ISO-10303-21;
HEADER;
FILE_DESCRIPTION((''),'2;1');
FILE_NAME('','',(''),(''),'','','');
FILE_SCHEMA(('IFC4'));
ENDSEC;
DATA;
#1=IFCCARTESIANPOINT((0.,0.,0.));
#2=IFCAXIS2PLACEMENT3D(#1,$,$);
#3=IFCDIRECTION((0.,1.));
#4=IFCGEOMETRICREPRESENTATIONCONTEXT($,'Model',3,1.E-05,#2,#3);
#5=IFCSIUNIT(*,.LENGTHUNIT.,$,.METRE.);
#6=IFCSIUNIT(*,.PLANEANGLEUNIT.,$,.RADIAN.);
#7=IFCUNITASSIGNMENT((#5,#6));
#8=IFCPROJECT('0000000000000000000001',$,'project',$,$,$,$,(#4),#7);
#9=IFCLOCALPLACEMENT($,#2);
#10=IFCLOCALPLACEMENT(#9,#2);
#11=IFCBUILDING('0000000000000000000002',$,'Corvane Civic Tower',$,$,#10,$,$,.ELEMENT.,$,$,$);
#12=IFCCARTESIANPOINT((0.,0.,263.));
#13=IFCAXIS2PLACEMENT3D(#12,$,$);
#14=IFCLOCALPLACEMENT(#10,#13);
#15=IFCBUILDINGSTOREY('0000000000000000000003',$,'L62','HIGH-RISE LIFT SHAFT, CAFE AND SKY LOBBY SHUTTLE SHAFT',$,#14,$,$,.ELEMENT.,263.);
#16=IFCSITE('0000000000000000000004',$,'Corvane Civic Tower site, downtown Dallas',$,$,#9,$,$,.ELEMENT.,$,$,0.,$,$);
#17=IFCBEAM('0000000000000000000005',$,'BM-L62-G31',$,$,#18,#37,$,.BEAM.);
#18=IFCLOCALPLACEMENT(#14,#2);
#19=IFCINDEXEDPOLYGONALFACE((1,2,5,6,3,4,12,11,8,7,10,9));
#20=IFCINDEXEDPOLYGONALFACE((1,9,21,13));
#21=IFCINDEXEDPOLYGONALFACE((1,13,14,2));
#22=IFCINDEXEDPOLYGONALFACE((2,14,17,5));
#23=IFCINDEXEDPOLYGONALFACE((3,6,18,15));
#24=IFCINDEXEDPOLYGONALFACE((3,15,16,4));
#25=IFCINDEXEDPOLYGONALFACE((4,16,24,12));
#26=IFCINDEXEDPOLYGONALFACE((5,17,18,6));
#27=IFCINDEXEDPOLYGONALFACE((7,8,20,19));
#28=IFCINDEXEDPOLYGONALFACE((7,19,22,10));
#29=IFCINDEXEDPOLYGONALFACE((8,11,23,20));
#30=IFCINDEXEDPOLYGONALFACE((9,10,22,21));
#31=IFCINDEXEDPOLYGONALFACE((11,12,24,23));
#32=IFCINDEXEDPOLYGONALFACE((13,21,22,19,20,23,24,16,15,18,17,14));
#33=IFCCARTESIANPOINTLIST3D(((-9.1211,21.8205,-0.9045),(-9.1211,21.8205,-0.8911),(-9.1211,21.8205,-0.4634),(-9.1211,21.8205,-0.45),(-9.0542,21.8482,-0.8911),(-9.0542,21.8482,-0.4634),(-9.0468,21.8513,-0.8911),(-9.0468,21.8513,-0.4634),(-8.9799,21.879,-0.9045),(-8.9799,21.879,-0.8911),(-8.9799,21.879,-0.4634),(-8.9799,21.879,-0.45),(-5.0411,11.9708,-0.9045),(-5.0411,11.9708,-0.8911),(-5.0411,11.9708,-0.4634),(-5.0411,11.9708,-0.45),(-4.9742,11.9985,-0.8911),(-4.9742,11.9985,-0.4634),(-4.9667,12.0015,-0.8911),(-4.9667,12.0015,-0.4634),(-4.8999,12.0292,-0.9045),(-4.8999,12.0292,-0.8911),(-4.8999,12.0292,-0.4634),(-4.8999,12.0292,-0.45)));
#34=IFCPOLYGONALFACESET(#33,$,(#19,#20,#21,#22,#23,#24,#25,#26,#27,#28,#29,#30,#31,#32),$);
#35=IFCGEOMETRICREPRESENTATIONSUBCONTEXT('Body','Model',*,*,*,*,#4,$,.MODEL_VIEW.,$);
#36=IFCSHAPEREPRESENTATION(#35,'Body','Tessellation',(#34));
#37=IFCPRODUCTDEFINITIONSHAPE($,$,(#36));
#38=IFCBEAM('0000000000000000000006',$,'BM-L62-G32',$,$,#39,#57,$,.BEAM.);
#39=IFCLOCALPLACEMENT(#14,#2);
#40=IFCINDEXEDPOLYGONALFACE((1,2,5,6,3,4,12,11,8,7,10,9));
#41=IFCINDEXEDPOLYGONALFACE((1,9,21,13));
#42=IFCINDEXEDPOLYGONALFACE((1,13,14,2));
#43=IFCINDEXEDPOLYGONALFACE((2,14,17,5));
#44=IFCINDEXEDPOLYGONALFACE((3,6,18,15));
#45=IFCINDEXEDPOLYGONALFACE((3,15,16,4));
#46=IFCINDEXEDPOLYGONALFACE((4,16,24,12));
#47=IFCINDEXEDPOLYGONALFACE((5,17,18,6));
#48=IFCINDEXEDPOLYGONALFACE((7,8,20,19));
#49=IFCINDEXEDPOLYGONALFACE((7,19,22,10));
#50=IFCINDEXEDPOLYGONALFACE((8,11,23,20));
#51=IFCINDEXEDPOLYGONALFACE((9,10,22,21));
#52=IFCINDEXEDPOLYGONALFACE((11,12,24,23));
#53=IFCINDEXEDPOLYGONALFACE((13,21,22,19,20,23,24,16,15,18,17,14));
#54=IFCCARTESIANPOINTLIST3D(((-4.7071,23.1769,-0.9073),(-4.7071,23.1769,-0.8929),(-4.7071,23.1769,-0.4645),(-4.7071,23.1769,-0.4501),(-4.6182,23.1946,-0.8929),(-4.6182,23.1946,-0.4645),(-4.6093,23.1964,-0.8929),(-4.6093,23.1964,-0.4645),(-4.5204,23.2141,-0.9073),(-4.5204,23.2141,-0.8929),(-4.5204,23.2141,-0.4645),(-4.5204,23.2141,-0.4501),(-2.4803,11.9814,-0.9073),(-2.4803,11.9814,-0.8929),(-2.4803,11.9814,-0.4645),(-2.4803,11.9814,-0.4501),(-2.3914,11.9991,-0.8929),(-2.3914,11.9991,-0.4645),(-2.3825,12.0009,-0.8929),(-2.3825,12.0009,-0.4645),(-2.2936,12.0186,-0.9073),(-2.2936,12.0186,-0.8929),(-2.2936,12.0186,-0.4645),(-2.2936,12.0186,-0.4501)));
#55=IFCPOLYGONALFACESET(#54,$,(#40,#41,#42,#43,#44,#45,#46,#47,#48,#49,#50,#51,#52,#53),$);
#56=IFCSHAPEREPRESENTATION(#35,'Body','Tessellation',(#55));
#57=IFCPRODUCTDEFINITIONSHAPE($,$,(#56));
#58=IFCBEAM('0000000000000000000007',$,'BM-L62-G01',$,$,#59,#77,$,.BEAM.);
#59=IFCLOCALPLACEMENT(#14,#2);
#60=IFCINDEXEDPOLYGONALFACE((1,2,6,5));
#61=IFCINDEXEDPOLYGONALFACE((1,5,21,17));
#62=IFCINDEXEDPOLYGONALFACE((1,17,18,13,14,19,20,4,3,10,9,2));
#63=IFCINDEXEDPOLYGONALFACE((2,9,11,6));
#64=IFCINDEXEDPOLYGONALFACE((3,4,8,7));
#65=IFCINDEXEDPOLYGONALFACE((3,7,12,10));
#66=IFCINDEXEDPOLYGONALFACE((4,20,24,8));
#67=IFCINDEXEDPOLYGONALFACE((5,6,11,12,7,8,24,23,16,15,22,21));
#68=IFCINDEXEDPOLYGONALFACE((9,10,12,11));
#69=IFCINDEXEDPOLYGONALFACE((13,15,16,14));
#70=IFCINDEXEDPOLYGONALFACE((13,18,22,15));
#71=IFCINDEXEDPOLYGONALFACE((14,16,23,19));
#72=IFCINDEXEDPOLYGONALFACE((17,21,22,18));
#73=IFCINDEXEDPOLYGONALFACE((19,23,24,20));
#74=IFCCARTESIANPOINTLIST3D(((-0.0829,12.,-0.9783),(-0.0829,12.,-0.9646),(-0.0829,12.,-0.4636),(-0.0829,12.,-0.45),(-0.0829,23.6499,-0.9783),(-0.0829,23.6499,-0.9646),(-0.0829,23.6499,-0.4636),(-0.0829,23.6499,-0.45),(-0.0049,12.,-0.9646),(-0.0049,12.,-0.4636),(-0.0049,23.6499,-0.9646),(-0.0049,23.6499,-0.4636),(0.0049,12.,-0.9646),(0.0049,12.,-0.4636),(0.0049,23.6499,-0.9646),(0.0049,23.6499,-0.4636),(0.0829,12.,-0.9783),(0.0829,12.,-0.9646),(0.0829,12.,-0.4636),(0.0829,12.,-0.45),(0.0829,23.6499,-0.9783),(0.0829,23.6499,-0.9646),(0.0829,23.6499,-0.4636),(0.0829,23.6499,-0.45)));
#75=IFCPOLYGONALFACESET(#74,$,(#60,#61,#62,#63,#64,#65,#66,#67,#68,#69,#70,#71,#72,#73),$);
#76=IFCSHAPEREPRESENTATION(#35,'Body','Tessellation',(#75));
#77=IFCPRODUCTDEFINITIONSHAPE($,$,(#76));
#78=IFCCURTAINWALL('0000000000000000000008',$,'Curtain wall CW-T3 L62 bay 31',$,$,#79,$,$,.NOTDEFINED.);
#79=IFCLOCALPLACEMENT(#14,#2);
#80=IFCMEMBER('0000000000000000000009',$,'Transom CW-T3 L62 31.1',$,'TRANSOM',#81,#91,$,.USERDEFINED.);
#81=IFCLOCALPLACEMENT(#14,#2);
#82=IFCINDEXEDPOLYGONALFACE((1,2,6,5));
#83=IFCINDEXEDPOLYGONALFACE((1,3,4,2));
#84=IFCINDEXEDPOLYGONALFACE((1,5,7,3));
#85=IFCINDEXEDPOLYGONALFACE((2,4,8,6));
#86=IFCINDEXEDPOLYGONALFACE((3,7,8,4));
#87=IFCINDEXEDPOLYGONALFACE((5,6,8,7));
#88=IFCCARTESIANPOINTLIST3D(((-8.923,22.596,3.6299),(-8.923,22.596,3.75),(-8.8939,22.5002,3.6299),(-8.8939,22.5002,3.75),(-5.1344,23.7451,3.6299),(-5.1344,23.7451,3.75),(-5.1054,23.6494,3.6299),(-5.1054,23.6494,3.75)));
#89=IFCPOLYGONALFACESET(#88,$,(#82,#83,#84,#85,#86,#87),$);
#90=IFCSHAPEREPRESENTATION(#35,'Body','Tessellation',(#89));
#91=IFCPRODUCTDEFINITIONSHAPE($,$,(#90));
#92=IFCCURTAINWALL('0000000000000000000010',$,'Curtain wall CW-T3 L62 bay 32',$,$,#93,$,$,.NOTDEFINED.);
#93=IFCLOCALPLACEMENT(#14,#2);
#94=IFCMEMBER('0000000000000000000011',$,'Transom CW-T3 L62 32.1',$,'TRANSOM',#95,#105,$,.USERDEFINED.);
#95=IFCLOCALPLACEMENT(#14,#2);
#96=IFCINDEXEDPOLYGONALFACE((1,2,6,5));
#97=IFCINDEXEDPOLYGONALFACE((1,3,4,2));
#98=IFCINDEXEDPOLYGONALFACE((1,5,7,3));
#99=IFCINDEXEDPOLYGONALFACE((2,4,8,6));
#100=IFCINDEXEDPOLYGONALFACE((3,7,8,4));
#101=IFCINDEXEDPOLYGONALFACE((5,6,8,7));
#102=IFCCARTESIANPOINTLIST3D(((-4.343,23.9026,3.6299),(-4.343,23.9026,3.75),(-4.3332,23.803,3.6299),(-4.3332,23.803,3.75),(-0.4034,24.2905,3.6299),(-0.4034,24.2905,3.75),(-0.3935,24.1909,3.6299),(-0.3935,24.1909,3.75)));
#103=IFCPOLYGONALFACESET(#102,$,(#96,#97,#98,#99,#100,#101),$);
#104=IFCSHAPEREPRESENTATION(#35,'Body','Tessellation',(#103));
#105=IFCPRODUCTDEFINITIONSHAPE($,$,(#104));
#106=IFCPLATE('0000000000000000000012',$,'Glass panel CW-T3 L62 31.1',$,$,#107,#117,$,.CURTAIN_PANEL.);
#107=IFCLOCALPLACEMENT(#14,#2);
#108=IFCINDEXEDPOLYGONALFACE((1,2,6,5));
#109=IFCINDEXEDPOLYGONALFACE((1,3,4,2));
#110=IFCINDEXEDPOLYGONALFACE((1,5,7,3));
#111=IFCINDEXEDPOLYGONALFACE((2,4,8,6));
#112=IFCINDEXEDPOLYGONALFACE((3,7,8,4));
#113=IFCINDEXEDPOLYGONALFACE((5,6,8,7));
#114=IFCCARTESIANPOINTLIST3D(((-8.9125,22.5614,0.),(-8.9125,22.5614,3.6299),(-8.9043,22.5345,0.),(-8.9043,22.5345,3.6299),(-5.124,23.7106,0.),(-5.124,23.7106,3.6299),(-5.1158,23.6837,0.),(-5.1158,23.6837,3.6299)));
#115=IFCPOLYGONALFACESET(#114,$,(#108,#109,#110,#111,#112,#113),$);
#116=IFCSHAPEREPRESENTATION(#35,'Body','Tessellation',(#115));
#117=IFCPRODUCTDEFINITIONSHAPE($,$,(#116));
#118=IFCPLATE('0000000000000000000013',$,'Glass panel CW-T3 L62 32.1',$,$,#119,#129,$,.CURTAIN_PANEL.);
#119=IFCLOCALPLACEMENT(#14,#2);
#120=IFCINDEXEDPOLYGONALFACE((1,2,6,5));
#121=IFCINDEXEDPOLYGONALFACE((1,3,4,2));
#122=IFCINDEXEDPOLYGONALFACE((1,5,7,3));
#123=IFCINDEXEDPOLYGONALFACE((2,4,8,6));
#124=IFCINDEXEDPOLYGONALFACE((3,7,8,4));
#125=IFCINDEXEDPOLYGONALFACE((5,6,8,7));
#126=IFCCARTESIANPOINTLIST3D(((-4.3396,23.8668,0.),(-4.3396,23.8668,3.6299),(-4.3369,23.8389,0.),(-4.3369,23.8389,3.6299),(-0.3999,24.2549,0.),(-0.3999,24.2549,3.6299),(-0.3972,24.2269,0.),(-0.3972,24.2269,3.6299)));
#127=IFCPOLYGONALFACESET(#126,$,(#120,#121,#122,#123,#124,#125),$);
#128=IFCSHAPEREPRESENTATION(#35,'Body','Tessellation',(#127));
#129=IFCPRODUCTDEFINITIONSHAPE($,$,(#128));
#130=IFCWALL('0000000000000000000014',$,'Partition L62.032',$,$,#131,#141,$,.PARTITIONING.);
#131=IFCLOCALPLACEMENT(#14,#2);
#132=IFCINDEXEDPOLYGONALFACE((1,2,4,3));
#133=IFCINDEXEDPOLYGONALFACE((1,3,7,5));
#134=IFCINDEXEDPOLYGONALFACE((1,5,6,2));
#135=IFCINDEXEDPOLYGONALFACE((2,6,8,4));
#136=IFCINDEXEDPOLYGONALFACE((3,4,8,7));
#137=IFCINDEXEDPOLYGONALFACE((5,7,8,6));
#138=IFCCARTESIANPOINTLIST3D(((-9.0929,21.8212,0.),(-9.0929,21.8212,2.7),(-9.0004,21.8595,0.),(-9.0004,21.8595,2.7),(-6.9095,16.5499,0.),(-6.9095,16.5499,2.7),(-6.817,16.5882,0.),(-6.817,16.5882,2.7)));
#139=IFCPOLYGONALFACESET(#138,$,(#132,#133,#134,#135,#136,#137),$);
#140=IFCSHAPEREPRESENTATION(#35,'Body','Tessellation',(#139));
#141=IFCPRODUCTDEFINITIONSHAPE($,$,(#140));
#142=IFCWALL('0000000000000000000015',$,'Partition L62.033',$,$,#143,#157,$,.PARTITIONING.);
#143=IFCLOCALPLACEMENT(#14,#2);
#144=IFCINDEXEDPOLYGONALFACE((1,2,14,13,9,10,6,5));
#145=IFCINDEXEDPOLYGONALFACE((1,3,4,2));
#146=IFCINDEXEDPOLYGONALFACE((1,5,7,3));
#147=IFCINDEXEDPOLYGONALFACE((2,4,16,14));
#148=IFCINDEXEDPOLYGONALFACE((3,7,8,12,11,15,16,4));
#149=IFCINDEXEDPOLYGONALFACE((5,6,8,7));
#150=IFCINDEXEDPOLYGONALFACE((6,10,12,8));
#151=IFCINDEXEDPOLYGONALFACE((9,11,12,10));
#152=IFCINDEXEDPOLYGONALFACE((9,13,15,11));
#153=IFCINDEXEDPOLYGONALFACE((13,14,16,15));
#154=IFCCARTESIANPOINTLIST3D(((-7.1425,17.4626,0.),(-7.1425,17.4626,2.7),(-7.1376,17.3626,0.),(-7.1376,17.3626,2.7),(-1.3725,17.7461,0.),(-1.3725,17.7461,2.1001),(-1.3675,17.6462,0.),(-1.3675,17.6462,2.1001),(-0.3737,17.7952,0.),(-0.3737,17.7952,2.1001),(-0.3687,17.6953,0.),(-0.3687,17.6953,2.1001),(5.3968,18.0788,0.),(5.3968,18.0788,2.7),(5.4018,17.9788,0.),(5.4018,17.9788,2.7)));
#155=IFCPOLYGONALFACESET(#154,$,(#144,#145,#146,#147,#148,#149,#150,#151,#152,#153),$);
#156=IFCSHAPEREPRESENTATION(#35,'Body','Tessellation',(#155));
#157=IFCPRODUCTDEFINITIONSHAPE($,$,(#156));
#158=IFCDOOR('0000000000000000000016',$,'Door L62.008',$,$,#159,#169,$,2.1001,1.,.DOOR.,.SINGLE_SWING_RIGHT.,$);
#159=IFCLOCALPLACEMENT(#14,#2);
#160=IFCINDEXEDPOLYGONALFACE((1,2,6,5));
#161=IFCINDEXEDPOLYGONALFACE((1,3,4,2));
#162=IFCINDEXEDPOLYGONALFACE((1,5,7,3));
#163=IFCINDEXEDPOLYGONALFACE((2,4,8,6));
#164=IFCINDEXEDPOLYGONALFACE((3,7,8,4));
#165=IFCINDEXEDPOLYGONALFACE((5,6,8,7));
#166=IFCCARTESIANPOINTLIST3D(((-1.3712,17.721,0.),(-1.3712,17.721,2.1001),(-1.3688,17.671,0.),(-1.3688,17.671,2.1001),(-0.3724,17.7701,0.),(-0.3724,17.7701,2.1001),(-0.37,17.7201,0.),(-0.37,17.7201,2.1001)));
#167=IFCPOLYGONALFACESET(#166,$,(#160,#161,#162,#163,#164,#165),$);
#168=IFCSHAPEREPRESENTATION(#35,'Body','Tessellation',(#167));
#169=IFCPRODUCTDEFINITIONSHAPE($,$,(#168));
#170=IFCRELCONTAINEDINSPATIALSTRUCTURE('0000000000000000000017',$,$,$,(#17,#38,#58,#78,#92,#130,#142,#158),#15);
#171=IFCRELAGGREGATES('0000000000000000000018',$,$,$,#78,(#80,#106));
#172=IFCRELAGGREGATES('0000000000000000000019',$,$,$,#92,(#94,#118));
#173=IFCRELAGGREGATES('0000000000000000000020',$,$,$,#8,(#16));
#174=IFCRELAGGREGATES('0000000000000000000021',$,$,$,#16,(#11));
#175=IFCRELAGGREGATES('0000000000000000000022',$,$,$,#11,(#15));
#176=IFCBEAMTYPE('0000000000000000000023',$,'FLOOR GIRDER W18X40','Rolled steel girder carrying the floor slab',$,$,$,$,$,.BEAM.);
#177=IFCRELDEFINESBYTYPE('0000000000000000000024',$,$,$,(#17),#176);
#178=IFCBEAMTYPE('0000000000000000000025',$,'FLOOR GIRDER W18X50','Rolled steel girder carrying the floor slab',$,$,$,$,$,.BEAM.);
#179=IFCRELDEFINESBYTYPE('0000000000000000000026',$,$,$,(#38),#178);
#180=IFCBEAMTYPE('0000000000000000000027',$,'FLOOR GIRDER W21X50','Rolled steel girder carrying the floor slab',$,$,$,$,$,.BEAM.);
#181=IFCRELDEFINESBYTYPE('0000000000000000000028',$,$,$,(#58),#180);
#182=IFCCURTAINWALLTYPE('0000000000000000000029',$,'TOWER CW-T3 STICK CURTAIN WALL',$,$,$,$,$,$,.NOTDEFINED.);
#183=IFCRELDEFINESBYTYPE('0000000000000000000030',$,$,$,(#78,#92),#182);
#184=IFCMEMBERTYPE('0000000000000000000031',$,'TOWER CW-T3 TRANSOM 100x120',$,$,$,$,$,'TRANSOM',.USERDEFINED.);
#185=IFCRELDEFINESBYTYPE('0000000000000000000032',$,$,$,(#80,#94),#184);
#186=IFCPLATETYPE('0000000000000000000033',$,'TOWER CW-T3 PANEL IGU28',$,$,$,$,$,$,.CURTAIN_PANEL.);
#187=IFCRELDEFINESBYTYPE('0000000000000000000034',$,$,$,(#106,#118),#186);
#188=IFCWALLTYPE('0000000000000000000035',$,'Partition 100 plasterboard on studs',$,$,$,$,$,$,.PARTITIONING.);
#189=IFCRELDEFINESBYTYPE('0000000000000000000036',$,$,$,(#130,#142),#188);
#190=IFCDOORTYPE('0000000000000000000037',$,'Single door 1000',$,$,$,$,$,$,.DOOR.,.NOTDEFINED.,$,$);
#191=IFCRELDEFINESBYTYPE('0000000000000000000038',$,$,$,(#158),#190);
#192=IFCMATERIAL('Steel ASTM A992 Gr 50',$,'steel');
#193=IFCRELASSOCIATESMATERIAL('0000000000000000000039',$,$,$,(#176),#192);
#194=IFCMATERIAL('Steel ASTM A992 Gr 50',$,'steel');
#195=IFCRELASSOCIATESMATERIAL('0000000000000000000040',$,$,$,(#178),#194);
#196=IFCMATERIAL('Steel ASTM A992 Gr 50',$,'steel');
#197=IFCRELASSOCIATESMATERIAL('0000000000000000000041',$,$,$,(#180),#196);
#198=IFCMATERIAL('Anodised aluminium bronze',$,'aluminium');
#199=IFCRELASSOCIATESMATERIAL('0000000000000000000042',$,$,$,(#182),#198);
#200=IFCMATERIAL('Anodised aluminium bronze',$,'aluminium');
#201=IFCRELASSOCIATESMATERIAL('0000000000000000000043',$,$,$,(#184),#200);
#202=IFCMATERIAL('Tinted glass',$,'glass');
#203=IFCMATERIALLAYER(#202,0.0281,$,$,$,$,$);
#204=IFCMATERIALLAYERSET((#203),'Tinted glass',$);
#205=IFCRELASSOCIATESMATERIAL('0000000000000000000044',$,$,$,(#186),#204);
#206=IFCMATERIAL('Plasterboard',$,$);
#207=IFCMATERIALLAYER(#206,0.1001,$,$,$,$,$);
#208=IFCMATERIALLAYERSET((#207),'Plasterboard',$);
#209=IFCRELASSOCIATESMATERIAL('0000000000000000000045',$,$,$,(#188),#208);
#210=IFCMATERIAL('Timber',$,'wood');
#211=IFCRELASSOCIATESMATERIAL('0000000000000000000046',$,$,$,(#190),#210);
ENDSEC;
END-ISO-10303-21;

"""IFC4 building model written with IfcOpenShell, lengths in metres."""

from ifc_helpers import new_model, si_unit, direction, frame, frame_2d, origin, origin_2d, place, context, subcontext, project, spatial, rectangle, i_section, extrude, material, layer, layer_set, material_profile, profile_set, type_object, element, fill, aggregate, save


model = new_model("IFC4")

# Units and contexts
model_context = context("Model", 3, precision=1e-05, world=origin(), true_north=direction((0.0, 1.0)))
body_context = subcontext(model_context, "Body", "Model", "MODEL_VIEW")
ifc_project = project(units=[si_unit("LENGTHUNIT", "METRE"), si_unit("PLANEANGLEUNIT", "RADIAN")], contexts=[model_context])

# Site, building, storey
site_placement = place(None, origin())
site = spatial("IfcSite", under=ifc_project, at=site_placement, Name="Corvane Civic Tower site, downtown Dallas", CompositionType="ELEMENT", RefElevation=0.0)
building_placement = place(site_placement, origin())
building = spatial("IfcBuilding", under=site, at=building_placement, Name="Corvane Civic Tower", CompositionType="ELEMENT")
storey_placement = place(building_placement, frame((0.0, 0.0, 263.0)))
storey = spatial("IfcBuildingStorey", under=building, at=storey_placement, Name="L62", Description="HIGH-RISE LIFT SHAFT, CAFE AND SKY LOBBY SHUTTLE SHAFT", CompositionType="ELEMENT", Elevation=263.0)

# Beams
ifc_material_1 = material(Name="Steel ASTM A992 Gr 50", Category="steel")
ifc_material_profile_1 = material_profile(ifc_material_1, i_section(OverallWidth=0.1528, OverallDepth=0.4546, WebThickness=0.0081, FlangeThickness=0.0134, at=origin_2d()), Name="W18X40")
ifc_profile_set_1 = profile_set([ifc_material_profile_1], Name="Steel ASTM A992 Gr 50")
beam_type_1 = type_object("IfcBeamType", Name="FLOOR GIRDER W18X40", Description="Rolled steel girder carrying the floor slab", PredefinedType="BEAM", material=ifc_profile_set_1)
beam_1_placement = place(storey_placement, frame((-4.9705, 12.0, -0.6772), z_axis=(-0.382694, 0.923875, 0.0), x_axis=(-0.923875, -0.382694, 0.0)))
element("IfcBeam", 1, at=beam_1_placement, inside=storey, type_object=beam_type_1, Name="BM-L62-G31", PredefinedType="BEAM", context=body_context, shape_type="SweptSolid", body=[
    extrude(i_section(OverallWidth=0.1528, OverallDepth=0.4546, WebThickness=0.0081, FlangeThickness=0.0134, at=origin_2d()), origin(), (0.0, 0.0, 1.0), 10.6614),
])
ifc_material_2 = material(Name="Steel ASTM A992 Gr 50", Category="steel")
ifc_material_profile_2 = material_profile(ifc_material_2, i_section(OverallWidth=0.1904, OverallDepth=0.4573, WebThickness=0.009, FlangeThickness=0.0144, at=origin_2d()), Name="W18X50")
ifc_profile_set_2 = profile_set([ifc_material_profile_2], Name="Steel ASTM A992 Gr 50")
beam_type_2 = type_object("IfcBeamType", Name="FLOOR GIRDER W18X50", Description="Rolled steel girder carrying the floor slab", PredefinedType="BEAM", material=ifc_profile_set_2)
beam_2_placement = place(storey_placement, frame((-2.387, 12.0, -0.6787), z_axis=(-0.19508, 0.980787, 0.0), x_axis=(-0.980787, -0.19508, 0.0)))
element("IfcBeam", 2, at=beam_2_placement, inside=storey, type_object=beam_type_2, Name="BM-L62-G32", PredefinedType="BEAM", context=body_context, shape_type="SweptSolid", body=[
    extrude(i_section(OverallWidth=0.1904, OverallDepth=0.4573, WebThickness=0.009, FlangeThickness=0.0144, at=origin_2d()), origin(), (0.0, 0.0, 1.0), 11.4148),
])
ifc_material_3 = material(Name="Steel ASTM A992 Gr 50", Category="steel")
ifc_material_profile_3 = material_profile(ifc_material_3, i_section(OverallWidth=0.1658, OverallDepth=0.5283, WebThickness=0.0098, FlangeThickness=0.0137, at=origin_2d()), Name="W21X50")
ifc_profile_set_3 = profile_set([ifc_material_profile_3], Name="Steel ASTM A992 Gr 50")
beam_type_3 = type_object("IfcBeamType", Name="FLOOR GIRDER W21X50", Description="Rolled steel girder carrying the floor slab", PredefinedType="BEAM", material=ifc_profile_set_3)
beam_3_placement = place(storey_placement, frame((0.0, 12.0, -0.7141), z_axis=(0.0, 1.0, 0.0), x_axis=(-1.0, 0.0, 0.0)))
element("IfcBeam", 3, at=beam_3_placement, inside=storey, type_object=beam_type_3, Name="BM-L62-G01", PredefinedType="BEAM", context=body_context, shape_type="SweptSolid", body=[
    extrude(i_section(OverallWidth=0.1658, OverallDepth=0.5283, WebThickness=0.0098, FlangeThickness=0.0137, at=origin_2d()), origin(), (0.0, 0.0, 1.0), 11.6499),
])

# Curtain walls, members
ifc_material_4 = material(Name="Anodised aluminium bronze", Category="aluminium")
curtain_wall_type = type_object("IfcCurtainWallType", Name="TOWER CW-T3 STICK CURTAIN WALL", PredefinedType="NOTDEFINED", material=ifc_material_4)
curtain_wall_1_placement = place(storey_placement, origin())
curtain_wall_1 = element("IfcCurtainWall", 4, at=curtain_wall_1_placement, inside=storey, type_object=curtain_wall_type, Name="Curtain wall CW-T3 L62 bay 31", PredefinedType="NOTDEFINED")
ifc_material_5 = material(Name="Anodised aluminium bronze", Category="aluminium")
ifc_material_profile_4 = material_profile(ifc_material_5, rectangle(XDim=0.1001, YDim=0.1201, at=origin_2d()), Name="TOWER CW-T3 TRANSOM 100x120")
ifc_profile_set_4 = profile_set([ifc_material_profile_4], Name="Anodised aluminium bronze")
member_type = type_object("IfcMemberType", Name="TOWER CW-T3 TRANSOM 100x120", ElementType="TRANSOM", PredefinedType="USERDEFINED", material=ifc_profile_set_4)
member_1_placement = place(storey_placement, frame((-8.9084, 22.5481, 3.6899), z_axis=(0.956946, 0.290266, 0.0), x_axis=(-0.290266, 0.956946, 0.0)))
member_1 = element("IfcMember", 5, at=member_1_placement, type_object=member_type, Name="Transom CW-T3 L62 31.1", ObjectType="TRANSOM", PredefinedType="USERDEFINED", context=body_context, shape_type="SweptSolid", body=[
    extrude(rectangle(XDim=0.1001, YDim=0.1201, at=origin_2d()), origin(), (0.0, 0.0, 1.0), 3.959),
])
curtain_wall_2_placement = place(storey_placement, origin())
curtain_wall_2 = element("IfcCurtainWall", 6, at=curtain_wall_2_placement, inside=storey, type_object=curtain_wall_type, Name="Curtain wall CW-T3 L62 bay 32", PredefinedType="NOTDEFINED")
member_2_placement = place(storey_placement, frame((-4.3381, 23.8528, 3.6899), z_axis=(0.995187, 0.097995, 0.0), x_axis=(-0.097995, 0.995187, 0.0)))
member_2 = element("IfcMember", 7, at=member_2_placement, type_object=member_type, Name="Transom CW-T3 L62 32.1", ObjectType="TRANSOM", PredefinedType="USERDEFINED", context=body_context, shape_type="SweptSolid", body=[
    extrude(rectangle(XDim=0.1001, YDim=0.1201, at=origin_2d()), origin(), (0.0, 0.0, 1.0), 3.9587),
])

# Plates
ifc_material_6 = material(Name="Tinted glass", Category="glass")
ifc_layer_1 = layer(ifc_material_6, 0.0281)
ifc_layer_set_1 = layer_set([ifc_layer_1], Name="Tinted glass")
plate_type = type_object("IfcPlateType", Name="TOWER CW-T3 PANEL IGU28", PredefinedType="CURTAIN_PANEL", material=ifc_layer_set_1)
plate_1_placement = place(storey_placement, frame((-7.0142, 23.1226, 0.0), z_axis=(0.0, 0.0, 1.0), x_axis=(0.956944, 0.290274, 0.0)))
plate_1 = element("IfcPlate", 8, at=plate_1_placement, type_object=plate_type, Name="Glass panel CW-T3 L62 31.1", PredefinedType="CURTAIN_PANEL", context=body_context, shape_type="SweptSolid", body=[
    extrude(rectangle(XDim=3.959, YDim=0.0281, at=origin_2d()), origin(), (0.0, 0.0, 1.0), 3.6299),
])
aggregate(curtain_wall_1, [member_1, plate_1])
plate_2_placement = place(storey_placement, frame((-2.3684, 24.0469, 0.0), z_axis=(0.0, 0.0, 1.0), x_axis=(0.995184, 0.098021, 0.0)))
plate_2 = element("IfcPlate", 9, at=plate_2_placement, type_object=plate_type, Name="Glass panel CW-T3 L62 32.1", PredefinedType="CURTAIN_PANEL", context=body_context, shape_type="SweptSolid", body=[
    extrude(rectangle(XDim=3.9587, YDim=0.0281, at=origin_2d()), origin(), (0.0, 0.0, 1.0), 3.6299),
])
aggregate(curtain_wall_2, [member_2, plate_2])

# Wall
ifc_material_7 = material(Name="Plasterboard")
ifc_layer_2 = layer(ifc_material_7, 0.1001)
ifc_layer_set_2 = layer_set([ifc_layer_2], Name="Plasterboard")
wall_type_1 = type_object("IfcWallType", Name="Partition 100 plasterboard on studs", PredefinedType="PARTITIONING", material=ifc_layer_set_2)
wall_1_placement = place(storey_placement, frame((-9.0466, 21.8403, 0.0), z_axis=(0.0, 0.0, 1.0), x_axis=(0.382673, -0.923884, 0.0)))
element("IfcWall", 10, at=wall_1_placement, inside=storey, type_object=wall_type_1, Name="Partition L62.032", PredefinedType="PARTITIONING", context=body_context, shape_type="SweptSolid", body=[
    extrude(rectangle(XDim=5.7056, YDim=0.1001, at=frame_2d((2.8528, 0.0))), origin(), (0.0, 0.0, 1.0), 2.7),
])

# Wall, opening, door
wall_2_placement = place(storey_placement, frame((-7.1401, 17.4126, 0.0), z_axis=(0.0, 0.0, 1.0), x_axis=(0.998795, 0.049083, 0.0)))
wall_2 = element("IfcWall", 11, at=wall_2_placement, inside=storey, type_object=wall_type_1, Name="Partition L62.033", PredefinedType="PARTITIONING", context=body_context, shape_type="SweptSolid", body=[
    extrude(rectangle(XDim=12.5544, YDim=0.1001, at=frame_2d((6.2773, 0.0))), origin(), (0.0, 0.0, 1.0), 2.7),
])
opening_1_placement = place(wall_2_placement, frame((5.7771, 0.0, 0.0)))
opening_1 = element("IfcOpeningElement", 12, at=opening_1_placement, cuts=wall_2, PredefinedType="OPENING", context=body_context, shape_type="SweptSolid", body=[
    extrude(rectangle(XDim=1.0, YDim=2.1001, at=frame_2d((0.5, 1.05))), frame((0.0, 0.0601, 0.0), z_axis=(0.0, -1.0, 0.0), x_axis=(1.0, 0.0, 0.0)), (0.0, 0.0, 1.0), 0.1201),
])
ifc_material_8 = material(Name="Timber", Category="wood")
door_type_1 = type_object("IfcDoorType", Name="Single door 1000", OperationType="NOTDEFINED", PredefinedType="DOOR", material=ifc_material_8)
door_1_placement = place(opening_1_placement, origin())
door_1 = element("IfcDoor", 13, at=door_1_placement, inside=storey, type_object=door_type_1, Name="Door L62.008", OperationType="SINGLE_SWING_RIGHT", OverallHeight=2.1001, OverallWidth=1.0, PredefinedType="DOOR", context=body_context, shape_type="SweptSolid", body=[
    extrude(rectangle(XDim=1.0, YDim=2.1001, at=frame_2d((0.5, 1.05))), frame((0.0, 0.0249, 0.0), z_axis=(0.0, -1.0, 0.0), x_axis=(1.0, 0.0, 0.0)), (0.0, 0.0, 1.0), 0.05),
])
fill(opening_1, door_1)

save(model, "model.ifc")
